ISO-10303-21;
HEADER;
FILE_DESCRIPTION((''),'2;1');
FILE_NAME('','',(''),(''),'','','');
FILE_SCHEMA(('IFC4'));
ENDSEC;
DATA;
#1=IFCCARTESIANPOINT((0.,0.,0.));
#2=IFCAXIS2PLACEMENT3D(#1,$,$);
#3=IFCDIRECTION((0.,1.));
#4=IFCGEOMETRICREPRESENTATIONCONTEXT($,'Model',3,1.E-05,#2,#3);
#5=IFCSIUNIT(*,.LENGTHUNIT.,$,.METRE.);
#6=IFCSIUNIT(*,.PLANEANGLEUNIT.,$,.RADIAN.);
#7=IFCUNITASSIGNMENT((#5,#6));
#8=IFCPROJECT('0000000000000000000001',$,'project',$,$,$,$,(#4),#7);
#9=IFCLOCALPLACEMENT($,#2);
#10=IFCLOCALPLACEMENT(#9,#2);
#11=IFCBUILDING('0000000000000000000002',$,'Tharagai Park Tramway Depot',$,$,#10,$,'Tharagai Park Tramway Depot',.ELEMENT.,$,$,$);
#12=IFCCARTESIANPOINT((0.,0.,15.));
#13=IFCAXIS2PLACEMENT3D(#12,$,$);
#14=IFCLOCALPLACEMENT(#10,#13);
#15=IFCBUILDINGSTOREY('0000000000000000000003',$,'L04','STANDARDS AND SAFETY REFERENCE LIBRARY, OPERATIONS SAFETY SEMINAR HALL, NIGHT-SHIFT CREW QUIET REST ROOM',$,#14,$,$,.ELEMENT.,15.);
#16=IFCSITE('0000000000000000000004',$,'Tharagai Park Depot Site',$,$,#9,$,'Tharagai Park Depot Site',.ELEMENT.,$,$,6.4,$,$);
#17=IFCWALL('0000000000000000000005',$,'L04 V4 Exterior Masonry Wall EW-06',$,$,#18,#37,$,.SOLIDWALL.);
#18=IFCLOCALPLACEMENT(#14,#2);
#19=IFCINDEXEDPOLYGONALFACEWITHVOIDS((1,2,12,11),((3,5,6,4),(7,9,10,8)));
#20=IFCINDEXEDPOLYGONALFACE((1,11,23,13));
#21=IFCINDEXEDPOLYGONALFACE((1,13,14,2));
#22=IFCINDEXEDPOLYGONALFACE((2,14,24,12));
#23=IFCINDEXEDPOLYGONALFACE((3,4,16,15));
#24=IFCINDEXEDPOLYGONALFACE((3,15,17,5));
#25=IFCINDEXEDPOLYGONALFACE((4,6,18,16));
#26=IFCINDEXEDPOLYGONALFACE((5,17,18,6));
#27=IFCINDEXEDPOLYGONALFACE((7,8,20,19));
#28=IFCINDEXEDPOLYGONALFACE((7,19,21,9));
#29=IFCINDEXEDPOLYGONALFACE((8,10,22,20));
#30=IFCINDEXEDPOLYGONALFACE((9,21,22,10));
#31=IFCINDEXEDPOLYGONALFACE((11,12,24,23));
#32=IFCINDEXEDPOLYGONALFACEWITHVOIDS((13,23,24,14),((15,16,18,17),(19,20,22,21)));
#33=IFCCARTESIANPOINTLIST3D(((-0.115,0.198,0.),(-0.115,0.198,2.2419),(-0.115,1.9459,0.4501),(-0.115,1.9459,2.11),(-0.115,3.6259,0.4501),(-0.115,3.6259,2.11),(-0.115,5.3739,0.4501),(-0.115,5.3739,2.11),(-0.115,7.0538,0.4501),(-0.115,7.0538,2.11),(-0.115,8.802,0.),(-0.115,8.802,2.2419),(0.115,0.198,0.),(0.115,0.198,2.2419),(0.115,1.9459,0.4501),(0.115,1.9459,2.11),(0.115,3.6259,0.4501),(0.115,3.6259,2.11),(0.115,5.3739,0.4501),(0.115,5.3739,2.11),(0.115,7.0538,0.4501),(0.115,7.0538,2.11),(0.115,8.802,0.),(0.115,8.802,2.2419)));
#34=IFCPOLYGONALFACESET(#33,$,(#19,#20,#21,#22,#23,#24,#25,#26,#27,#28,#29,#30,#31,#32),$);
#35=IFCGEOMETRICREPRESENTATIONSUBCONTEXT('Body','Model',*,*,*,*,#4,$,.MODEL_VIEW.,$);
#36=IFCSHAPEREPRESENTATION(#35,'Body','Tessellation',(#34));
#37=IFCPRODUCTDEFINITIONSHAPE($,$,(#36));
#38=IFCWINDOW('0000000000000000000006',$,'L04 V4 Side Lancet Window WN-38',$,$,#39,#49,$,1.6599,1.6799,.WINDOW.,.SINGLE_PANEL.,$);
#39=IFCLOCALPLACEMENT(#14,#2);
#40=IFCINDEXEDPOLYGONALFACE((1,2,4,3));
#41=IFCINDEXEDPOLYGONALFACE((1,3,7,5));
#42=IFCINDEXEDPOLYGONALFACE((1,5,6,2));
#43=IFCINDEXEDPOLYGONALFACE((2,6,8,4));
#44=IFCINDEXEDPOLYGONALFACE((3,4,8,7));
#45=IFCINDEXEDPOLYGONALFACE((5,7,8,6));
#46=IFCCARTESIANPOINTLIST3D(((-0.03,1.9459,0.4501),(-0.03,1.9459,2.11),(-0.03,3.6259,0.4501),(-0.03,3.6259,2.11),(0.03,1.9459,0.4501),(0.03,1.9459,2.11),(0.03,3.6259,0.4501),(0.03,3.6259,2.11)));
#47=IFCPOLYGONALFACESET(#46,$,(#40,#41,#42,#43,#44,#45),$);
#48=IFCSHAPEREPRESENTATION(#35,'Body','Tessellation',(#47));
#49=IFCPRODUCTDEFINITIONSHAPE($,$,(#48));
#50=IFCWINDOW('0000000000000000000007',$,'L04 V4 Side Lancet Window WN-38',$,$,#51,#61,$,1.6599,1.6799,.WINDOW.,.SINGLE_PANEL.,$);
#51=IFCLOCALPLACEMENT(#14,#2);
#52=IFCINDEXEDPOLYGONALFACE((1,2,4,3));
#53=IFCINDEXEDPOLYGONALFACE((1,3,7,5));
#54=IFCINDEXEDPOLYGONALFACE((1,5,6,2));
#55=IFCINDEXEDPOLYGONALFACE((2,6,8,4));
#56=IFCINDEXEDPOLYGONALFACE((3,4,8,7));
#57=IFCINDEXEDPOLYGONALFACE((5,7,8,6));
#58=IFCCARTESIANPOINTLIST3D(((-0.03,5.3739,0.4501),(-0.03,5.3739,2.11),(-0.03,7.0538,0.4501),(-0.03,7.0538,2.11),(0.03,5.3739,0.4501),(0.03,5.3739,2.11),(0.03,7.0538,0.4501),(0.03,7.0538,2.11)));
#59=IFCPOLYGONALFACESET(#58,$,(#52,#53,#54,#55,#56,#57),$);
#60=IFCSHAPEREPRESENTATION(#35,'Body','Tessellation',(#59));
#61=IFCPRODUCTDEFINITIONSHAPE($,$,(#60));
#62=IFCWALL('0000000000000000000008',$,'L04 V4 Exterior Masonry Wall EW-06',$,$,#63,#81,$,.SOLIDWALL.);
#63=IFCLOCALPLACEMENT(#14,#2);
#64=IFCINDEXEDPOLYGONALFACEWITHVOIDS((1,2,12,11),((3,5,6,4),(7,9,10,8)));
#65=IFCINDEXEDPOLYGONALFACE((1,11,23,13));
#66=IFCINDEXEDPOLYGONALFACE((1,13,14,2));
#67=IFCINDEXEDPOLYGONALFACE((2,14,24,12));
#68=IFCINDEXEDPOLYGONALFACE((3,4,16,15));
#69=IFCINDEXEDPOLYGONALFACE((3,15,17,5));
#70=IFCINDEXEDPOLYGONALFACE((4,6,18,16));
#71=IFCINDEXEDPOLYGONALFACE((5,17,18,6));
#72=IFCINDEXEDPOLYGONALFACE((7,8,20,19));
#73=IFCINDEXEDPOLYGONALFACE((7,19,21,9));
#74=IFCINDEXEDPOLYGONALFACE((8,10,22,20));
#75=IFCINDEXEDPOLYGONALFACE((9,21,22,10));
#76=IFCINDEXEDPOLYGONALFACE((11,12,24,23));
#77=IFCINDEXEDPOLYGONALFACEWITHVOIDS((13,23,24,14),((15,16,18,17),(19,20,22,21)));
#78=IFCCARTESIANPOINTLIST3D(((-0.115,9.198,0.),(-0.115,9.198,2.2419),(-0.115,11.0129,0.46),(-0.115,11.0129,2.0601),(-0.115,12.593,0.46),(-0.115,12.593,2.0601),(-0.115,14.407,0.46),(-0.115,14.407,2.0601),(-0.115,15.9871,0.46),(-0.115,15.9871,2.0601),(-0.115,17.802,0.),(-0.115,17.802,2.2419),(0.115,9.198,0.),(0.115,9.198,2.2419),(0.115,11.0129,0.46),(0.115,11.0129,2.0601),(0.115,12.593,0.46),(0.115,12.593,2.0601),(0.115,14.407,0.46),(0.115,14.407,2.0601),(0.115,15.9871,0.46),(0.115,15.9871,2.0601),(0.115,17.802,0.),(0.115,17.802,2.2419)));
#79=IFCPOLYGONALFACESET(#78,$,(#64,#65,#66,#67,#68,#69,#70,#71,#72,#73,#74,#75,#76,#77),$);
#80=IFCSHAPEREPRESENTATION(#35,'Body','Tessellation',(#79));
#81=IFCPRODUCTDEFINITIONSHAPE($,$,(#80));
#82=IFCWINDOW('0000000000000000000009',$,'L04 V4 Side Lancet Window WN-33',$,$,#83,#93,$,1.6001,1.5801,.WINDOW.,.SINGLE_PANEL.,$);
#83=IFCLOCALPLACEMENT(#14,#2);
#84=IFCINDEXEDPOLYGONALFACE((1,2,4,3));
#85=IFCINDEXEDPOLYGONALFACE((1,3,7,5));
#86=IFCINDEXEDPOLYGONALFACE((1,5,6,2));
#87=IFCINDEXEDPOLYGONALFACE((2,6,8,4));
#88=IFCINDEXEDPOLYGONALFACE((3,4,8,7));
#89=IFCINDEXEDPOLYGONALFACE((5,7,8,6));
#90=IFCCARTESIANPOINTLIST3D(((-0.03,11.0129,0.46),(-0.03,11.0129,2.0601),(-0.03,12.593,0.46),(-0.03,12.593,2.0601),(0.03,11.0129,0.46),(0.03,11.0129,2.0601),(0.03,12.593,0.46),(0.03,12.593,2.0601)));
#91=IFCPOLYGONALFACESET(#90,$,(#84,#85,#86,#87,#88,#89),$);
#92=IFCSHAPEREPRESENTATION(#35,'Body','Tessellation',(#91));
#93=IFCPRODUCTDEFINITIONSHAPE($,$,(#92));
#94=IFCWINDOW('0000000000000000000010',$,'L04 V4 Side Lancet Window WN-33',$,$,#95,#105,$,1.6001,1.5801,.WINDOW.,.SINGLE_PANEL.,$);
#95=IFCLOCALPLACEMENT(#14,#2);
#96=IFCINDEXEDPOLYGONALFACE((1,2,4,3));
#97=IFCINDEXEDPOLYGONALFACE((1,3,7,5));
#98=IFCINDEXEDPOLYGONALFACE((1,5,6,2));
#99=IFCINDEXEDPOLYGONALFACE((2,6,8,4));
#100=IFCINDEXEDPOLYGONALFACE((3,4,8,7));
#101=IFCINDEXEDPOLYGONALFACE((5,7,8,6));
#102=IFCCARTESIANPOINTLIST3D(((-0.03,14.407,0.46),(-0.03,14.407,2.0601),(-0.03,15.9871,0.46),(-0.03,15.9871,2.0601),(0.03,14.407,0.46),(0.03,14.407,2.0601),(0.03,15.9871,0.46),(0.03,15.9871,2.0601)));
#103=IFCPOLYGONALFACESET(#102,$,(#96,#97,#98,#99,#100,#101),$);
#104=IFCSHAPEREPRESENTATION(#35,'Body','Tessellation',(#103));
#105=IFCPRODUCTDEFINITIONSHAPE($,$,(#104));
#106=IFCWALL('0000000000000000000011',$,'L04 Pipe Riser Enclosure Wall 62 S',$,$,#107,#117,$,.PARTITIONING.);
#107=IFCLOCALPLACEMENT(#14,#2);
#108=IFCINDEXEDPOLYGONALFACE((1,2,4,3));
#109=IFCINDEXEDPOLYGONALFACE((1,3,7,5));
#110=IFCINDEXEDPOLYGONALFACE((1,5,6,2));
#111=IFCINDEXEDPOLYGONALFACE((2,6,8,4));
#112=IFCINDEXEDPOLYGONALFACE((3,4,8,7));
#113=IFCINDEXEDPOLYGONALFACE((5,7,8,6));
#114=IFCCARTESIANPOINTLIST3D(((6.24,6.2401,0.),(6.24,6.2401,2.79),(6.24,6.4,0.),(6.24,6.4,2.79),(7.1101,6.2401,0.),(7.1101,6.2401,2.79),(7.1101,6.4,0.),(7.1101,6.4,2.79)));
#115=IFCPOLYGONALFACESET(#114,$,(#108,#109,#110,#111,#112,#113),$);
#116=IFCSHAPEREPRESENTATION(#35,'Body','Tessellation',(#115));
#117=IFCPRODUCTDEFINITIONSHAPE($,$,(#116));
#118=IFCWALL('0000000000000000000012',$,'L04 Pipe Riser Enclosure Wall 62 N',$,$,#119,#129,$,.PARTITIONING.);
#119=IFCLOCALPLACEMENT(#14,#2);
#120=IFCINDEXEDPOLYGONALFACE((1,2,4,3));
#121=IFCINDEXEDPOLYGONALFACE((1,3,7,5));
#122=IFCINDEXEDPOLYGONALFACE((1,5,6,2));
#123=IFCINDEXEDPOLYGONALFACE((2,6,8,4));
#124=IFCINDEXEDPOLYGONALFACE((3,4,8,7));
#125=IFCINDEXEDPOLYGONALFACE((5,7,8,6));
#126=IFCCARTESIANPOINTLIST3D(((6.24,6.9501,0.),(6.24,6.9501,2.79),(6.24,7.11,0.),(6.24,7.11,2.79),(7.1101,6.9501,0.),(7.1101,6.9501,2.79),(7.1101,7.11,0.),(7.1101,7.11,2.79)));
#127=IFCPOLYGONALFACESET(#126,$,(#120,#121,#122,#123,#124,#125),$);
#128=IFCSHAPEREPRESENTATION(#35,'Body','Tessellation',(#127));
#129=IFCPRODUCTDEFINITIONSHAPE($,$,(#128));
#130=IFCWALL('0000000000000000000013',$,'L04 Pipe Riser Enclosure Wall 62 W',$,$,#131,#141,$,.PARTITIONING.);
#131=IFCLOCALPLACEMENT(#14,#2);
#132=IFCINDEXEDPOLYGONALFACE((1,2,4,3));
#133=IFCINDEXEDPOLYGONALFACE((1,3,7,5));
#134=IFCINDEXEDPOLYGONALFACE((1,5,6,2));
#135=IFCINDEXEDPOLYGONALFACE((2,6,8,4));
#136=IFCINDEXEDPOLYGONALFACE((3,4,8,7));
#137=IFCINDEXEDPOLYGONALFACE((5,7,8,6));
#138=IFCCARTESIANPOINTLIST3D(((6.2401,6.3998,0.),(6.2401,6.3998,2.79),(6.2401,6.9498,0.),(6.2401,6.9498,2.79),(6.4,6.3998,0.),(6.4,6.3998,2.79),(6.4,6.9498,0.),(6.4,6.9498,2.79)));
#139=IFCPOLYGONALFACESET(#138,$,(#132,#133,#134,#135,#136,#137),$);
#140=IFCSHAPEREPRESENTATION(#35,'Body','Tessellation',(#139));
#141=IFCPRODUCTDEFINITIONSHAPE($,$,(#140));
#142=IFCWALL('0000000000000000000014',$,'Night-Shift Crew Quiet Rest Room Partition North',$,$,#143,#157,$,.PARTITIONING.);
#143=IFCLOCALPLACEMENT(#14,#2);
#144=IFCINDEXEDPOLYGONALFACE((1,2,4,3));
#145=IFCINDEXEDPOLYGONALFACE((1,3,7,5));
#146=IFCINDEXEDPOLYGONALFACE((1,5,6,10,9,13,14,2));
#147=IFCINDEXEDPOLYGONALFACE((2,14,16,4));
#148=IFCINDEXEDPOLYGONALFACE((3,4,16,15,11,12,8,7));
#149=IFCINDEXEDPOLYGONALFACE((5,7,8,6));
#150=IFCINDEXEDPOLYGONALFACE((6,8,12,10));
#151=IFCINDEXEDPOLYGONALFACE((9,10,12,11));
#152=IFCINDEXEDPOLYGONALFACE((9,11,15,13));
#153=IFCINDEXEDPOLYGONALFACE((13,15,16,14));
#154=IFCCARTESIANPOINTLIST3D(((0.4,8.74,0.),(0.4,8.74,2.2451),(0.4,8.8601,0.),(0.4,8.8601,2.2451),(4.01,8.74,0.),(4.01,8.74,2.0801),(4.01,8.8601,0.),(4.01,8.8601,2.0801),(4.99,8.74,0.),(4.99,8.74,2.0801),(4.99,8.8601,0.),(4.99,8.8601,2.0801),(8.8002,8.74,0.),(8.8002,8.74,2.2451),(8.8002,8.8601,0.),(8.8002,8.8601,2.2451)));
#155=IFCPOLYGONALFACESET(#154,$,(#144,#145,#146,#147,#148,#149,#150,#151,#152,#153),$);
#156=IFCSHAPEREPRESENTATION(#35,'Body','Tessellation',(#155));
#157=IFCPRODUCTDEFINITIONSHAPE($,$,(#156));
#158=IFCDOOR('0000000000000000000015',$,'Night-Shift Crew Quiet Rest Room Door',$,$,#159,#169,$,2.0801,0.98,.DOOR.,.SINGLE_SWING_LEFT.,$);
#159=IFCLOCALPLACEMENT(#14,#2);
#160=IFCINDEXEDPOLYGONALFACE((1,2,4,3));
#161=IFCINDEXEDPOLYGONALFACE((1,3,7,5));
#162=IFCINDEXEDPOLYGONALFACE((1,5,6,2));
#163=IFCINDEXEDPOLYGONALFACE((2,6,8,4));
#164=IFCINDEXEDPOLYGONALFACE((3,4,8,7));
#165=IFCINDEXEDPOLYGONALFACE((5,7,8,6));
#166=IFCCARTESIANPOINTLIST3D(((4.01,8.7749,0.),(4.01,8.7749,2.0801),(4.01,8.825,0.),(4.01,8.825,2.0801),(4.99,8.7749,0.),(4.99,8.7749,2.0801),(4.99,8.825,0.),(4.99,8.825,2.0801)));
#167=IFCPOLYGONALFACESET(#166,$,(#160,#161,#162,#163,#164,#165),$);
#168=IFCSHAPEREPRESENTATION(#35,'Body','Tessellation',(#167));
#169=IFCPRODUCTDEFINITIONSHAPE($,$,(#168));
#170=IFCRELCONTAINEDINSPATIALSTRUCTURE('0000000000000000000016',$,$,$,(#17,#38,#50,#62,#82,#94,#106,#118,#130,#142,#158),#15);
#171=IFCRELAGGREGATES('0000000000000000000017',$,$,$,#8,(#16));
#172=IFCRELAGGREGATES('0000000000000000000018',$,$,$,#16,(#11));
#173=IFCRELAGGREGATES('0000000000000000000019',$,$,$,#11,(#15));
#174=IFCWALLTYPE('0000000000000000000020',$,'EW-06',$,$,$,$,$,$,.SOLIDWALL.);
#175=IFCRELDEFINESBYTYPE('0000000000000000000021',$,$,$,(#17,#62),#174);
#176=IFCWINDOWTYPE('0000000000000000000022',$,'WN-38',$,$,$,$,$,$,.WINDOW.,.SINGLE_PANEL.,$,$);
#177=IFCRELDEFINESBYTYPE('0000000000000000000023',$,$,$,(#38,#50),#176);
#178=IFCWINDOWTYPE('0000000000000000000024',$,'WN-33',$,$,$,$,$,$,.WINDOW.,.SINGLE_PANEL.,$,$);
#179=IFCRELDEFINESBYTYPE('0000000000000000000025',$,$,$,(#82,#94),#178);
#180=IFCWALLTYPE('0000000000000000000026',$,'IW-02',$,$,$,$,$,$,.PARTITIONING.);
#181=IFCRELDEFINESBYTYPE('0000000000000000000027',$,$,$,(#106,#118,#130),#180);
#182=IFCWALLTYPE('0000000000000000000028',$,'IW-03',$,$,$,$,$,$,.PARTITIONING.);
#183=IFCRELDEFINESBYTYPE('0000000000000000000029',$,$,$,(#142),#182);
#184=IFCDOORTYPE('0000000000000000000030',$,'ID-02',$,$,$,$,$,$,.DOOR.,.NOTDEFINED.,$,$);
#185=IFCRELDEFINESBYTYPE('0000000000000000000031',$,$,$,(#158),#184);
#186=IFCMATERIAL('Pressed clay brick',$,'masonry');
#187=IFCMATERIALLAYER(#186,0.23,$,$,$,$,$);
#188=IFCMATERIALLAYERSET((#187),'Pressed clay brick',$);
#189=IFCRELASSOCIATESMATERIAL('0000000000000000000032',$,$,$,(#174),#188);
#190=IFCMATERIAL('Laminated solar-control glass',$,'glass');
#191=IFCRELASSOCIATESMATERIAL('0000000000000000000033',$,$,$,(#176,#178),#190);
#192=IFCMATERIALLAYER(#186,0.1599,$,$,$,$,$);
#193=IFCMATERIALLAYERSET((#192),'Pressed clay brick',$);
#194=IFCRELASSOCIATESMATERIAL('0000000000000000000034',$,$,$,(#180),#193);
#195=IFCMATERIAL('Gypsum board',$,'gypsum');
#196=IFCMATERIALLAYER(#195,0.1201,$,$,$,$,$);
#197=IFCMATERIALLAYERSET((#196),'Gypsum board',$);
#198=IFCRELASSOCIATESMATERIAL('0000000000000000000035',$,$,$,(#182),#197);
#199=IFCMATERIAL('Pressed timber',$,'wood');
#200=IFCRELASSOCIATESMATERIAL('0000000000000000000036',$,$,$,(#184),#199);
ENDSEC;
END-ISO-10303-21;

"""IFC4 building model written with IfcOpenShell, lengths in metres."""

from ifc_helpers import new_model, si_unit, direction, frame, frame_2d, origin, place, context, subcontext, project, spatial, rectangle, extrude, material, layer, layer_set, type_object, element, fill, save


model = new_model("IFC4")

# Units and contexts
model_context = context("Model", 3, precision=1e-05, world=origin(), true_north=direction((0.0, 1.0)))
body_context = subcontext(model_context, "Body", "Model", "MODEL_VIEW")
ifc_project = project(units=[si_unit("LENGTHUNIT", "METRE"), si_unit("PLANEANGLEUNIT", "RADIAN")], contexts=[model_context])

# Site, building, storey
site_placement = place(None, origin())
site = spatial("IfcSite", under=ifc_project, at=site_placement, Name="Tharagai Park Depot Site", LongName="Tharagai Park Depot Site", CompositionType="ELEMENT", RefElevation=6.4)
building_placement = place(site_placement, origin())
building = spatial("IfcBuilding", under=site, at=building_placement, Name="Tharagai Park Tramway Depot", LongName="Tharagai Park Tramway Depot", CompositionType="ELEMENT")
storey_placement = place(building_placement, frame((0.0, 0.0, 15.0)))
storey = spatial("IfcBuildingStorey", under=building, at=storey_placement, Name="L04", Description="STANDARDS AND SAFETY REFERENCE LIBRARY, OPERATIONS SAFETY SEMINAR HALL, NIGHT-SHIFT CREW QUIET REST ROOM", CompositionType="ELEMENT", Elevation=15.0)

# Walls, openings, windows
ifc_material_1 = material(Name="Pressed clay brick", Category="masonry")
ifc_layer_1 = layer(ifc_material_1, 0.23)
ifc_layer_set_1 = layer_set([ifc_layer_1], Name="Pressed clay brick")
wall_type_1 = type_object("IfcWallType", Name="EW-06", PredefinedType="SOLIDWALL", material=ifc_layer_set_1)
wall_1_placement = place(storey_placement, frame((0.0, 0.198, 0.0), z_axis=(0.0, 0.0, 1.0), x_axis=(0.0, 1.0, 0.0)))
wall_1 = element("IfcWall", 1, at=wall_1_placement, inside=storey, type_object=wall_type_1, Name="L04 V4 Exterior Masonry Wall EW-06", PredefinedType="SOLIDWALL", context=body_context, shape_type="SweptSolid", body=[
    extrude(rectangle(XDim=8.604, YDim=0.23, at=frame_2d((4.302, 0.0))), origin(), (0.0, 0.0, 1.0), 2.2419),
])
opening_1_placement = place(wall_1_placement, frame((1.748, 0.0, 0.45)))
opening_1 = element("IfcOpeningElement", 2, at=opening_1_placement, cuts=wall_1, PredefinedType="OPENING", context=body_context, shape_type="SweptSolid", body=[
    extrude(rectangle(XDim=1.6799, YDim=1.6599, at=frame_2d((0.8398, 0.8301))), frame((0.0, 0.125, 0.0), z_axis=(0.0, -1.0, 0.0), x_axis=(1.0, 0.0, 0.0)), (0.0, 0.0, 1.0), 0.25),
])
opening_2_placement = place(wall_1_placement, frame((5.176, 0.0, 0.45)))
opening_2 = element("IfcOpeningElement", 3, at=opening_2_placement, cuts=wall_1, PredefinedType="OPENING", context=body_context, shape_type="SweptSolid", body=[
    extrude(rectangle(XDim=1.6799, YDim=1.6599, at=frame_2d((0.8398, 0.8301))), frame((0.0, 0.125, 0.0), z_axis=(0.0, -1.0, 0.0), x_axis=(1.0, 0.0, 0.0)), (0.0, 0.0, 1.0), 0.25),
])
ifc_material_2 = material(Name="Laminated solar-control glass", Category="glass")
window_type_1 = type_object("IfcWindowType", Name="WN-38", PartitioningType="SINGLE_PANEL", PredefinedType="WINDOW", material=ifc_material_2)
window_1_placement = place(opening_1_placement, origin())
window_1 = element("IfcWindow", 4, at=window_1_placement, inside=storey, type_object=window_type_1, Name="L04 V4 Side Lancet Window WN-38", OverallHeight=1.6599, OverallWidth=1.6799, PartitioningType="SINGLE_PANEL", PredefinedType="WINDOW", context=body_context, shape_type="SweptSolid", body=[
    extrude(rectangle(XDim=1.6799, YDim=1.6599, at=frame_2d((0.8398, 0.8301))), frame((0.0, 0.03, 0.0), z_axis=(0.0, -1.0, 0.0), x_axis=(1.0, 0.0, 0.0)), (0.0, 0.0, 1.0), 0.0601),
])
fill(opening_1, window_1)
window_2_placement = place(opening_2_placement, origin())
window_2 = element("IfcWindow", 5, at=window_2_placement, inside=storey, type_object=window_type_1, Name="L04 V4 Side Lancet Window WN-38", OverallHeight=1.6599, OverallWidth=1.6799, PartitioningType="SINGLE_PANEL", PredefinedType="WINDOW", context=body_context, shape_type="SweptSolid", body=[
    extrude(rectangle(XDim=1.6799, YDim=1.6599, at=frame_2d((0.8398, 0.8301))), frame((0.0, 0.03, 0.0), z_axis=(0.0, -1.0, 0.0), x_axis=(1.0, 0.0, 0.0)), (0.0, 0.0, 1.0), 0.0601),
])
fill(opening_2, window_2)
wall_2_placement = place(storey_placement, frame((0.0, 9.198, 0.0), z_axis=(0.0, 0.0, 1.0), x_axis=(0.0, 1.0, 0.0)))
wall_2 = element("IfcWall", 6, at=wall_2_placement, inside=storey, type_object=wall_type_1, Name="L04 V4 Exterior Masonry Wall EW-06", PredefinedType="SOLIDWALL", context=body_context, shape_type="SweptSolid", body=[
    extrude(rectangle(XDim=8.604, YDim=0.23, at=frame_2d((4.302, 0.0))), origin(), (0.0, 0.0, 1.0), 2.2419),
])
opening_3_placement = place(wall_2_placement, frame((1.8149, 0.0, 0.46)))
opening_3 = element("IfcOpeningElement", 7, at=opening_3_placement, cuts=wall_2, PredefinedType="OPENING", context=body_context, shape_type="SweptSolid", body=[
    extrude(rectangle(XDim=1.5801, YDim=1.6001, at=frame_2d((0.79, 0.8))), frame((0.0, 0.125, 0.0), z_axis=(0.0, -1.0, 0.0), x_axis=(1.0, 0.0, 0.0)), (0.0, 0.0, 1.0), 0.25),
])
opening_4_placement = place(wall_2_placement, frame((5.209, 0.0, 0.46)))
opening_4 = element("IfcOpeningElement", 8, at=opening_4_placement, cuts=wall_2, PredefinedType="OPENING", context=body_context, shape_type="SweptSolid", body=[
    extrude(rectangle(XDim=1.5801, YDim=1.6001, at=frame_2d((0.79, 0.8))), frame((0.0, 0.125, 0.0), z_axis=(0.0, -1.0, 0.0), x_axis=(1.0, 0.0, 0.0)), (0.0, 0.0, 1.0), 0.25),
])
window_type_2 = type_object("IfcWindowType", Name="WN-33", PartitioningType="SINGLE_PANEL", PredefinedType="WINDOW", material=ifc_material_2)
window_3_placement = place(opening_3_placement, origin())
window_3 = element("IfcWindow", 9, at=window_3_placement, inside=storey, type_object=window_type_2, Name="L04 V4 Side Lancet Window WN-33", OverallHeight=1.6001, OverallWidth=1.5801, PartitioningType="SINGLE_PANEL", PredefinedType="WINDOW", context=body_context, shape_type="SweptSolid", body=[
    extrude(rectangle(XDim=1.5801, YDim=1.6001, at=frame_2d((0.79, 0.8))), frame((0.0, 0.03, 0.0), z_axis=(0.0, -1.0, 0.0), x_axis=(1.0, 0.0, 0.0)), (0.0, 0.0, 1.0), 0.0601),
])
fill(opening_3, window_3)
window_4_placement = place(opening_4_placement, origin())
window_4 = element("IfcWindow", 10, at=window_4_placement, inside=storey, type_object=window_type_2, Name="L04 V4 Side Lancet Window WN-33", OverallHeight=1.6001, OverallWidth=1.5801, PartitioningType="SINGLE_PANEL", PredefinedType="WINDOW", context=body_context, shape_type="SweptSolid", body=[
    extrude(rectangle(XDim=1.5801, YDim=1.6001, at=frame_2d((0.79, 0.8))), frame((0.0, 0.03, 0.0), z_axis=(0.0, -1.0, 0.0), x_axis=(1.0, 0.0, 0.0)), (0.0, 0.0, 1.0), 0.0601),
])
fill(opening_4, window_4)

# Walls
ifc_layer_2 = layer(ifc_material_1, 0.1599)
ifc_layer_set_2 = layer_set([ifc_layer_2], Name="Pressed clay brick")
wall_type_2 = type_object("IfcWallType", Name="IW-02", PredefinedType="PARTITIONING", material=ifc_layer_set_2)
for number, where, z_axis, x_axis, name in (
    (11, (6.24, 6.3201, 0.0), (0.0, 0.0, 1.0), (1.0, 0.0, 0.0), "L04 Pipe Riser Enclosure Wall 62 S"),
    (12, (6.24, 7.03, 0.0), (0.0, 0.0, 1.0), (1.0, 0.0, 0.0), "L04 Pipe Riser Enclosure Wall 62 N"),
):
    element("IfcWall", number, at=place(storey_placement, frame(where, z_axis=z_axis, x_axis=x_axis)), inside=storey, type_object=wall_type_2, Name=name, PredefinedType="PARTITIONING", context=body_context, shape_type="SweptSolid", body=[
        extrude(rectangle(XDim=0.8701, YDim=0.1599, at=frame_2d((0.4351, 0.0))), origin(), (0.0, 0.0, 1.0), 2.79),
    ])
wall_3_placement = place(storey_placement, frame((6.3201, 6.3999, 0.0), z_axis=(0.0, 0.0, 1.0), x_axis=(0.0, 1.0, 0.0)))
element("IfcWall", 13, at=wall_3_placement, inside=storey, type_object=wall_type_2, Name="L04 Pipe Riser Enclosure Wall 62 W", PredefinedType="PARTITIONING", context=body_context, shape_type="SweptSolid", body=[
    extrude(rectangle(XDim=0.55, YDim=0.1599, at=frame_2d((0.2749, 0.0))), origin(), (0.0, 0.0, 1.0), 2.79),
])

# Wall, opening, door
ifc_material_3 = material(Name="Gypsum board", Category="gypsum")
ifc_layer_3 = layer(ifc_material_3, 0.1201)
ifc_layer_set_3 = layer_set([ifc_layer_3], Name="Gypsum board")
wall_type_3 = type_object("IfcWallType", Name="IW-03", PredefinedType="PARTITIONING", material=ifc_layer_set_3)
wall_4_placement = place(storey_placement, frame((0.3999, 8.8, 0.0), z_axis=(0.0, 0.0, 1.0), x_axis=(1.0, 0.0, 0.0)))
wall_4 = element("IfcWall", 14, at=wall_4_placement, inside=storey, type_object=wall_type_3, Name="Night-Shift Crew Quiet Rest Room Partition North", PredefinedType="PARTITIONING", context=body_context, shape_type="SweptSolid", body=[
    extrude(rectangle(XDim=8.4001, YDim=0.1201, at=frame_2d((4.2002, 0.0))), origin(), (0.0, 0.0, 1.0), 2.2451),
])
opening_5_placement = place(wall_4_placement, frame((3.6101, 0.0, 0.0)))
opening_5 = element("IfcOpeningElement", 15, at=opening_5_placement, cuts=wall_4, PredefinedType="OPENING", context=body_context, shape_type="SweptSolid", body=[
    extrude(rectangle(XDim=0.98, YDim=2.0801, at=frame_2d((0.49, 1.04))), frame((0.0, 0.0701, 0.0), z_axis=(0.0, -1.0, 0.0), x_axis=(1.0, 0.0, 0.0)), (0.0, 0.0, 1.0), 0.1401),
])
ifc_material_4 = material(Name="Pressed timber", Category="wood")
door_type = type_object("IfcDoorType", Name="ID-02", OperationType="NOTDEFINED", PredefinedType="DOOR", material=ifc_material_4)
door_placement = place(opening_5_placement, origin())
door = element("IfcDoor", 16, at=door_placement, inside=storey, type_object=door_type, Name="Night-Shift Crew Quiet Rest Room Door", OperationType="SINGLE_SWING_LEFT", OverallHeight=2.0801, OverallWidth=0.98, PredefinedType="DOOR", context=body_context, shape_type="SweptSolid", body=[
    extrude(rectangle(XDim=0.98, YDim=2.0801, at=frame_2d((0.49, 1.04))), frame((0.0, 0.0249, 0.0), z_axis=(0.0, -1.0, 0.0), x_axis=(1.0, 0.0, 0.0)), (0.0, 0.0, 1.0), 0.05),
])
fill(opening_5, door)

save(model, "model.ifc")
